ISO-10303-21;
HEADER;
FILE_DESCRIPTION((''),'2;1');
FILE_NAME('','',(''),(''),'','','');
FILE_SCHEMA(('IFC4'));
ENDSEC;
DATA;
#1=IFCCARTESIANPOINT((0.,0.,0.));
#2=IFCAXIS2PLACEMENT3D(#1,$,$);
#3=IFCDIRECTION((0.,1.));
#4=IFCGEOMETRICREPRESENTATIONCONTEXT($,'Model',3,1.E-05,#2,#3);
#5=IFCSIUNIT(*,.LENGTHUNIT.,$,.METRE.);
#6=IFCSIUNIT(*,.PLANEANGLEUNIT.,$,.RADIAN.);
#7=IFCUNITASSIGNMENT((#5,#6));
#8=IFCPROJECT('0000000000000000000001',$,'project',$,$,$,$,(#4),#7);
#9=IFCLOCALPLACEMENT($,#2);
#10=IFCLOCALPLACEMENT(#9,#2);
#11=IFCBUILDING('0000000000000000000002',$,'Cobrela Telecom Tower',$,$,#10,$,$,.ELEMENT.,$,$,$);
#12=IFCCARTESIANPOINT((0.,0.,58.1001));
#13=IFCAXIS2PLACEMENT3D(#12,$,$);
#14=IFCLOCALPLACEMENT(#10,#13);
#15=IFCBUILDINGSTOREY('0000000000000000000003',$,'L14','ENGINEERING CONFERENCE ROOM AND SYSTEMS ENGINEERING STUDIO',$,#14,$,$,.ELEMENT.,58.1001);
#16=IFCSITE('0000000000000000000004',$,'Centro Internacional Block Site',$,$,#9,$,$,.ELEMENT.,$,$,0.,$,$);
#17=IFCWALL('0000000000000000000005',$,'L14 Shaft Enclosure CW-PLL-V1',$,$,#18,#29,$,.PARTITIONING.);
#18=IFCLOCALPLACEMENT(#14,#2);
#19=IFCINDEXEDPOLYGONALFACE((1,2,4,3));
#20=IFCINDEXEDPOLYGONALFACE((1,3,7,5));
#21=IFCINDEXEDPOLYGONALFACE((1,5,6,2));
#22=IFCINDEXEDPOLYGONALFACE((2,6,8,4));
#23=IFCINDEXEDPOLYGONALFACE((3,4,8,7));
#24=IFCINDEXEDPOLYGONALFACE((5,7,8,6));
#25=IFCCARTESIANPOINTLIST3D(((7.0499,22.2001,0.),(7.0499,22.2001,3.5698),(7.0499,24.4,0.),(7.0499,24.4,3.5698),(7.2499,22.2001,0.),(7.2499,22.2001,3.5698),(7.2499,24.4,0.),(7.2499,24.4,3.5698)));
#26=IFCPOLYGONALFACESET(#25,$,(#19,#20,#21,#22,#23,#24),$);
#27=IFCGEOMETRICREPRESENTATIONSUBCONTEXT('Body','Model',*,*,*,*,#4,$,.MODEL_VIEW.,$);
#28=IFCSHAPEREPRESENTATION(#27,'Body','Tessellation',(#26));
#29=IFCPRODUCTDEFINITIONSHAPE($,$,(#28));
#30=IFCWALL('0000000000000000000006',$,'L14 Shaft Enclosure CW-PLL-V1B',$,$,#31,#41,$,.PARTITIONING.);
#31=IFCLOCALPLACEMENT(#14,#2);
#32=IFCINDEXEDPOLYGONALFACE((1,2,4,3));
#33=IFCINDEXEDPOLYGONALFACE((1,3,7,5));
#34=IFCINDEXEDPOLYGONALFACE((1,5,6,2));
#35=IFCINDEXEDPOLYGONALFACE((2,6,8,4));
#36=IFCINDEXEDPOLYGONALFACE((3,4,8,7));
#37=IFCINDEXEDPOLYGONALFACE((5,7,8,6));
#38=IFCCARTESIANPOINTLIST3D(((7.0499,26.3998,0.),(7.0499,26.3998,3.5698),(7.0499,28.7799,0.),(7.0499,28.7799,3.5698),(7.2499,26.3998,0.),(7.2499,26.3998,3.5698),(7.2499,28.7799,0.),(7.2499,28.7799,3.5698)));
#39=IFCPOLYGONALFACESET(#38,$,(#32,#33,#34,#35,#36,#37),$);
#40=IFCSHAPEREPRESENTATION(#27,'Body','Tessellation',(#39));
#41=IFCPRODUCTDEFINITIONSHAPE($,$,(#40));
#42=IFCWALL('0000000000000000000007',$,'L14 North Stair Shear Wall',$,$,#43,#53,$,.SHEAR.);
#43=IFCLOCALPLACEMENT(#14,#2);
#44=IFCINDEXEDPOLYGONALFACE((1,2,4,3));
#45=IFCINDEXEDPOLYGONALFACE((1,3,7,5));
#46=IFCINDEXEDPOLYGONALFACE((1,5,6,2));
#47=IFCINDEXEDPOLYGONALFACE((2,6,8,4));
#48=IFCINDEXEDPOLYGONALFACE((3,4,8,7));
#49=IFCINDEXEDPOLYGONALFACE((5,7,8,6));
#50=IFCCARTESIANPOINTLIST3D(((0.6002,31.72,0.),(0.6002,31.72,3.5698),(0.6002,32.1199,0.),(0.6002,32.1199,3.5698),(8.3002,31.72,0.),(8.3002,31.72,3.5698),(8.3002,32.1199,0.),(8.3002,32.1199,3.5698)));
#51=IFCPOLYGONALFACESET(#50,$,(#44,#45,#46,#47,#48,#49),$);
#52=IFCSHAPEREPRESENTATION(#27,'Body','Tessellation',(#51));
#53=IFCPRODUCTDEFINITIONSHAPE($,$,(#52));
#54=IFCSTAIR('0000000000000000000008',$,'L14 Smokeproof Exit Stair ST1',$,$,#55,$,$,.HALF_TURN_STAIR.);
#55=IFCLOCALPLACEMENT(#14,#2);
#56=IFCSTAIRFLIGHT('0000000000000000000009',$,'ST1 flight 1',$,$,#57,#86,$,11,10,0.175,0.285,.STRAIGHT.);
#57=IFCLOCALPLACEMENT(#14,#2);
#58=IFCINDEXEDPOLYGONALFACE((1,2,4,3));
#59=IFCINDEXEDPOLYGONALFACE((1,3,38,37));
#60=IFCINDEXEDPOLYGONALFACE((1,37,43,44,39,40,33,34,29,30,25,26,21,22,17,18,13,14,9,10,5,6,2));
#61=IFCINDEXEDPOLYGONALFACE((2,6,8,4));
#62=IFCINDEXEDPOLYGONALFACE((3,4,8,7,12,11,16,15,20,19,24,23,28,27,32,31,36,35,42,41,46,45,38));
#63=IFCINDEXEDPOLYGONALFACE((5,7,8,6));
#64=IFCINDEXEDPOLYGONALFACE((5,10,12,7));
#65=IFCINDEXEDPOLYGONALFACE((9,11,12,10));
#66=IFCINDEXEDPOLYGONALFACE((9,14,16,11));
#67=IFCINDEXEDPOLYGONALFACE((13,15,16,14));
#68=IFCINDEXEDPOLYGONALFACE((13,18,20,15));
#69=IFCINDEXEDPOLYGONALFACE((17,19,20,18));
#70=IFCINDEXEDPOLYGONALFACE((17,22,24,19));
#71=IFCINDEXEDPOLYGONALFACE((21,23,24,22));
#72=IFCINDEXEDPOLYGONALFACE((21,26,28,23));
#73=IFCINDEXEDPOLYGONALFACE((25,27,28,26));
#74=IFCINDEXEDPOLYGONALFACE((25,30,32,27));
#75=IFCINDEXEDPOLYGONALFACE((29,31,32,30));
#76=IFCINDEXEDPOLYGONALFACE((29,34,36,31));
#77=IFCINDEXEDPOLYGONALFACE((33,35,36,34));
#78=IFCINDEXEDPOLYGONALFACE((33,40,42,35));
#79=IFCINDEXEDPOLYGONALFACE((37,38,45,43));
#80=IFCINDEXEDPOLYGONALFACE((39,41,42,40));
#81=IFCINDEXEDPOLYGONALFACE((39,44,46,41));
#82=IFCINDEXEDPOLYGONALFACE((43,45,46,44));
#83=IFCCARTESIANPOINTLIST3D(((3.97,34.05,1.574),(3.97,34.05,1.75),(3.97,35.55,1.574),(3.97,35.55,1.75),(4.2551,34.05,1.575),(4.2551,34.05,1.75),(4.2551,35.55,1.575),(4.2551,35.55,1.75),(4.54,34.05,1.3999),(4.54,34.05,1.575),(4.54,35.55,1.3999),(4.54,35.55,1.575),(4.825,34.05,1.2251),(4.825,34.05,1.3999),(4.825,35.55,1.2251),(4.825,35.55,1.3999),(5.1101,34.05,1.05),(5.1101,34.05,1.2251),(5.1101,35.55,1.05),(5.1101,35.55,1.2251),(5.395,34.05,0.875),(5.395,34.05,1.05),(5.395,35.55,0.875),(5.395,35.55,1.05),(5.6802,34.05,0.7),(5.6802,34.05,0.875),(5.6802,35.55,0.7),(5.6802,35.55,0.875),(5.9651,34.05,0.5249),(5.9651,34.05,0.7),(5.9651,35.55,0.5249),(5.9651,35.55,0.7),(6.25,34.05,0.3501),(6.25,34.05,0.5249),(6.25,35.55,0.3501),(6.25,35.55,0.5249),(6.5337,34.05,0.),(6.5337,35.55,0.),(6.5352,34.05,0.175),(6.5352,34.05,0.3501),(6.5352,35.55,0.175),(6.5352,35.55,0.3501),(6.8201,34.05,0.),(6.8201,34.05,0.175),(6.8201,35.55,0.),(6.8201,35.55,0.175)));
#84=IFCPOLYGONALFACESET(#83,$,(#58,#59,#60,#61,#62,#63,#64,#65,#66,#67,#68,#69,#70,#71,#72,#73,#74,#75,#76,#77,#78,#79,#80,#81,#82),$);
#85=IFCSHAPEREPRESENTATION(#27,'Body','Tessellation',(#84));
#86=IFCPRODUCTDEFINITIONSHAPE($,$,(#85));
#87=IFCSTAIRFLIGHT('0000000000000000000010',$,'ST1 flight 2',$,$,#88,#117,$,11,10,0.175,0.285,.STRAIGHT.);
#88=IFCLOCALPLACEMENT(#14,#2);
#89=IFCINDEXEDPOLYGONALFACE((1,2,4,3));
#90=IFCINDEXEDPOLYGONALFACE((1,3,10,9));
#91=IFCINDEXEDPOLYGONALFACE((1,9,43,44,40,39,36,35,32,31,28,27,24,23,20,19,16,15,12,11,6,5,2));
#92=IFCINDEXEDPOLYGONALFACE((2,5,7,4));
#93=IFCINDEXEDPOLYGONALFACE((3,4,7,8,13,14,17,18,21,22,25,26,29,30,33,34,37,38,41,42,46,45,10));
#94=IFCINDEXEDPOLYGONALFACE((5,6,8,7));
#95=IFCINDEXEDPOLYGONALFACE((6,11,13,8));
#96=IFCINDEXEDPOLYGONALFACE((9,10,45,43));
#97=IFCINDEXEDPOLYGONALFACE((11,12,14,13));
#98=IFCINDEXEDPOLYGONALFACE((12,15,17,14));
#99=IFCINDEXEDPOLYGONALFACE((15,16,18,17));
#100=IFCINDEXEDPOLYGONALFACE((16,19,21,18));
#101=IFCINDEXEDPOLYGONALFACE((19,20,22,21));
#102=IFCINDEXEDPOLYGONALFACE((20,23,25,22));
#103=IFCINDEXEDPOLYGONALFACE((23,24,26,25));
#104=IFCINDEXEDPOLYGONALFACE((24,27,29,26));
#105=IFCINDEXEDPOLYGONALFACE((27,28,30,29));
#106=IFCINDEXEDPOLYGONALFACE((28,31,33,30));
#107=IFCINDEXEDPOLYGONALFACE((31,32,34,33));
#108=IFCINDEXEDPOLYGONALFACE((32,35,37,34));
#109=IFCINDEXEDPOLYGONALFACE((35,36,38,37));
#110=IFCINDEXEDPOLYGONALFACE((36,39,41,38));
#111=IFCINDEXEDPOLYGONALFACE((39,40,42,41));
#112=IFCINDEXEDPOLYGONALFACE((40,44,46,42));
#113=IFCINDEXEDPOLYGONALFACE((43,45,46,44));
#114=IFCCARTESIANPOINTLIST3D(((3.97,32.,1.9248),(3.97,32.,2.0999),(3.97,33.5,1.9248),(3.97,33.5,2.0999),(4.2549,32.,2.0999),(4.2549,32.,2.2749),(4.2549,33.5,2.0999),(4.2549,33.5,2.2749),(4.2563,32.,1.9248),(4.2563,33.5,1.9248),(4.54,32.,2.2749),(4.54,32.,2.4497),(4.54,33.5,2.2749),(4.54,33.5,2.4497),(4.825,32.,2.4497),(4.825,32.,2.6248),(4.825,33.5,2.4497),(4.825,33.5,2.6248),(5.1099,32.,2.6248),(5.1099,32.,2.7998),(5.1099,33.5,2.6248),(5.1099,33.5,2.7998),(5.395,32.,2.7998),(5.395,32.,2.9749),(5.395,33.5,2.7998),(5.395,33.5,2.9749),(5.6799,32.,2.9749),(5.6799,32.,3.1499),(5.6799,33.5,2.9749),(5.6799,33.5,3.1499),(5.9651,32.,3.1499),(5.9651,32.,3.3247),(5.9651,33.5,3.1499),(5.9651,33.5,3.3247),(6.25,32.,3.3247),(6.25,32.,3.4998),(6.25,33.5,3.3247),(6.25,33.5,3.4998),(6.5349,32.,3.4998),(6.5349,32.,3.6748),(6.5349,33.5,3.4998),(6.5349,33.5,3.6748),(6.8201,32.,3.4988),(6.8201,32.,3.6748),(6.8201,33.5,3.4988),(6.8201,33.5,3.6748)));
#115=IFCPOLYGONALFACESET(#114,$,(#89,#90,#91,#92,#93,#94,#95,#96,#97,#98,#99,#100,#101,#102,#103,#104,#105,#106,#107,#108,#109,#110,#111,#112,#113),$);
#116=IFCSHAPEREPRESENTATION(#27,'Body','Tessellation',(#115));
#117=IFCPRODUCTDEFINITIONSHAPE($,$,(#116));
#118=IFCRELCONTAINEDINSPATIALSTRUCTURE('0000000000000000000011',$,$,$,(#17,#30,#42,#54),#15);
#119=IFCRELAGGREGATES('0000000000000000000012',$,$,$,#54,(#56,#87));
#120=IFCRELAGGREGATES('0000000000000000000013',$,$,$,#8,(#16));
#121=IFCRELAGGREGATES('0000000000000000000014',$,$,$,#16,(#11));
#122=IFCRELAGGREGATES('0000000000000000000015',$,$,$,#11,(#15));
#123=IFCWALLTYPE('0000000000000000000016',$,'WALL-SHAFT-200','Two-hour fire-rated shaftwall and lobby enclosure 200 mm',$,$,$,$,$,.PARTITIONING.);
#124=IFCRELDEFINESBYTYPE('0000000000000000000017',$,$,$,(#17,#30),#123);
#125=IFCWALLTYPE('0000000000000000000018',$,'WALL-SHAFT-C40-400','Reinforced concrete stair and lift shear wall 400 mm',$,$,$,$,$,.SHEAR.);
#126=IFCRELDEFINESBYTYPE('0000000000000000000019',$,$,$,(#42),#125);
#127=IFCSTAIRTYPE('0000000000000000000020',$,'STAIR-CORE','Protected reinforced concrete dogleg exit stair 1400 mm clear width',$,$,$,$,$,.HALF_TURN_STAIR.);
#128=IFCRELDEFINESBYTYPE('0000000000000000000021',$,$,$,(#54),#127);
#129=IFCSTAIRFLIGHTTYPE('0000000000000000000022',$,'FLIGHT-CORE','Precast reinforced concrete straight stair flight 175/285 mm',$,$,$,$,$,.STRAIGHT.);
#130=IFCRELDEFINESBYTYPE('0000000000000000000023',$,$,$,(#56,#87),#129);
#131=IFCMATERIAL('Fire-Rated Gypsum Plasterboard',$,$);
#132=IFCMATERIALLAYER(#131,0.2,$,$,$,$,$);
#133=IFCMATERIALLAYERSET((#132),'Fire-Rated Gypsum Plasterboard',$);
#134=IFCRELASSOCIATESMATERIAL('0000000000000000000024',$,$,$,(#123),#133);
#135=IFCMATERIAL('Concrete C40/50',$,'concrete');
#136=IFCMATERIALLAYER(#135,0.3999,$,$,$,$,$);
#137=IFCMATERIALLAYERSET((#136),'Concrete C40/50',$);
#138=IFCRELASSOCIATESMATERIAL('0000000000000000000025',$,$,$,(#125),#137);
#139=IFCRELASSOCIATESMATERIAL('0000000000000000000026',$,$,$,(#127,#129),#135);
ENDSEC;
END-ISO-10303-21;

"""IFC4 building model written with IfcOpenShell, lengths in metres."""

from ifc_helpers import new_model, si_unit, direction, frame, frame_2d, origin, place, context, subcontext, project, spatial, polyline, rectangle, outline, extrude, material, layer, layer_set, type_object, element, aggregate, save


model = new_model("IFC4")

# Units and contexts
model_context = context("Model", 3, precision=1e-05, world=origin(), true_north=direction((0.0, 1.0)))
body_context = subcontext(model_context, "Body", "Model", "MODEL_VIEW")
ifc_project = project(units=[si_unit("LENGTHUNIT", "METRE"), si_unit("PLANEANGLEUNIT", "RADIAN")], contexts=[model_context])

# Site, building, storey
site_placement = place(None, origin())
site = spatial("IfcSite", under=ifc_project, at=site_placement, Name="Centro Internacional Block Site", CompositionType="ELEMENT", RefElevation=0.0)
building_placement = place(site_placement, origin())
building = spatial("IfcBuilding", under=site, at=building_placement, Name="Cobrela Telecom Tower", CompositionType="ELEMENT")
storey_placement = place(building_placement, frame((0.0, 0.0, 58.1001)))
storey = spatial("IfcBuildingStorey", under=building, at=storey_placement, Name="L14", Description="ENGINEERING CONFERENCE ROOM AND SYSTEMS ENGINEERING STUDIO", CompositionType="ELEMENT", Elevation=58.1001)

# Shared definitions
ifc_material_1 = material(Name="Concrete C40/50", Category="concrete")

# Shared definitions
ifc_material_2 = material(Name="Fire-Rated Gypsum Plasterboard")
ifc_layer_1 = layer(ifc_material_2, 0.2)
ifc_layer_set_1 = layer_set([ifc_layer_1], Name="Fire-Rated Gypsum Plasterboard")
wall_type_1 = type_object("IfcWallType", Name="WALL-SHAFT-200", Description="Two-hour fire-rated shaftwall and lobby enclosure 200 mm", PredefinedType="PARTITIONING", material=ifc_layer_set_1)

# Walls
wall_1_placement = place(storey_placement, frame((7.1499, 22.2, 0.0), z_axis=(0.0, 0.0, 1.0), x_axis=(0.0, 1.0, 0.0)))
element("IfcWall", 1, at=wall_1_placement, inside=storey, type_object=wall_type_1, Name="L14 Shaft Enclosure CW-PLL-V1", PredefinedType="PARTITIONING", context=body_context, shape_type="SweptSolid", body=[
    extrude(rectangle(XDim=2.2, YDim=0.2, at=frame_2d((1.1001, 0.0))), origin(), (0.0, 0.0, 1.0), 3.5698),
])
wall_2_placement = place(storey_placement, frame((7.1499, 26.3999, 0.0), z_axis=(0.0, 0.0, 1.0), x_axis=(0.0, 1.0, 0.0)))
element("IfcWall", 2, at=wall_2_placement, inside=storey, type_object=wall_type_1, Name="L14 Shaft Enclosure CW-PLL-V1B", PredefinedType="PARTITIONING", context=body_context, shape_type="SweptSolid", body=[
    extrude(rectangle(XDim=2.3801, YDim=0.2, at=frame_2d((1.1899, 0.0))), origin(), (0.0, 0.0, 1.0), 3.5698),
])
ifc_layer_2 = layer(ifc_material_1, 0.3999)
ifc_layer_set_2 = layer_set([ifc_layer_2], Name="Concrete C40/50")
wall_type_2 = type_object("IfcWallType", Name="WALL-SHAFT-C40-400", Description="Reinforced concrete stair and lift shear wall 400 mm", PredefinedType="SHEAR", material=ifc_layer_set_2)
wall_3_placement = place(storey_placement, frame((0.6001, 31.9199, 0.0), z_axis=(0.0, 0.0, 1.0), x_axis=(1.0, 0.0, 0.0)))
element("IfcWall", 3, at=wall_3_placement, inside=storey, type_object=wall_type_2, Name="L14 North Stair Shear Wall", PredefinedType="SHEAR", context=body_context, shape_type="SweptSolid", body=[
    extrude(rectangle(XDim=7.7, YDim=0.3999, at=frame_2d((3.8501, 0.0))), origin(), (0.0, 0.0, 1.0), 3.5698),
])

# Stair, stair flights
stair_type = type_object("IfcStairType", Name="STAIR-CORE", Description="Protected reinforced concrete dogleg exit stair 1400 mm clear width", PredefinedType="HALF_TURN_STAIR", material=ifc_material_1)
stair_placement = place(storey_placement, origin())
stair = element("IfcStair", 4, at=stair_placement, inside=storey, type_object=stair_type, Name="L14 Smokeproof Exit Stair ST1", PredefinedType="HALF_TURN_STAIR")
stair_flight_type = type_object("IfcStairFlightType", Name="FLIGHT-CORE", Description="Precast reinforced concrete straight stair flight 175/285 mm", PredefinedType="STRAIGHT", material=ifc_material_1)
stair_flight_1_placement = place(storey_placement, frame((6.8201, 34.8, 0.0), z_axis=(0.0, 0.0, 1.0), x_axis=(-1.0, 0.0, 0.0)))
stair_flight_1 = element("IfcStairFlight", 5, at=stair_flight_1_placement, type_object=stair_flight_type, Name="ST1 flight 1", NumberOfRisers=11, NumberOfTreads=10, PredefinedType="STRAIGHT", RiserHeight=0.175, TreadLength=0.285, context=body_context, shape_type="SweptSolid", body=[
    extrude(outline(polyline([(0.0, 0.0), (0.0, 0.175), (0.2849, 0.175), (0.2849, 0.3501), (0.5701, 0.3501), (0.5701, 0.5249), (0.855, 0.5249), (0.855, 0.7), (1.1399, 0.7), (1.1399, 0.875), (1.425, 0.875), (1.425, 1.05), (1.71, 1.05), (1.71, 1.2251), (1.9951, 1.2251), (1.9951, 1.3999), (2.28, 1.3999), (2.28, 1.575), (2.5649, 1.575), (2.5649, 1.75), (2.8501, 1.75), (2.8501, 1.925), (2.8501, 1.574), (0.2864, 0.0), (0.0, 0.0)])), frame((0.0, 0.75, 0.0), z_axis=(0.0, -1.0, 0.0), x_axis=(1.0, 0.0, 0.0)), (0.0, 0.0, 1.0), 1.5),
])
stair_flight_2_placement = place(storey_placement, frame((3.97, 32.75, 1.9248), z_axis=(0.0, 0.0, 1.0), x_axis=(1.0, 0.0, 0.0)))
stair_flight_2 = element("IfcStairFlight", 6, at=stair_flight_2_placement, type_object=stair_flight_type, Name="ST1 flight 2", NumberOfRisers=11, NumberOfTreads=10, PredefinedType="STRAIGHT", RiserHeight=0.175, TreadLength=0.285, context=body_context, shape_type="SweptSolid", body=[
    extrude(outline(polyline([(0.0, 0.0), (0.0, 0.175), (0.2849, 0.175), (0.2849, 0.3501), (0.5701, 0.3501), (0.5701, 0.5249), (0.855, 0.5249), (0.855, 0.7), (1.1399, 0.7), (1.1399, 0.875), (1.425, 0.875), (1.425, 1.05), (1.71, 1.05), (1.71, 1.2251), (1.9951, 1.2251), (1.9951, 1.3999), (2.28, 1.3999), (2.28, 1.575), (2.5649, 1.575), (2.5649, 1.75), (2.8501, 1.75), (2.8501, 1.925), (2.8501, 1.574), (0.2864, 0.0), (0.0, 0.0)])), frame((0.0, 0.75, 0.0), z_axis=(0.0, -1.0, 0.0), x_axis=(1.0, 0.0, 0.0)), (0.0, 0.0, 1.0), 1.5),
])
aggregate(stair, [stair_flight_1, stair_flight_2])

save(model, "model.ifc")
